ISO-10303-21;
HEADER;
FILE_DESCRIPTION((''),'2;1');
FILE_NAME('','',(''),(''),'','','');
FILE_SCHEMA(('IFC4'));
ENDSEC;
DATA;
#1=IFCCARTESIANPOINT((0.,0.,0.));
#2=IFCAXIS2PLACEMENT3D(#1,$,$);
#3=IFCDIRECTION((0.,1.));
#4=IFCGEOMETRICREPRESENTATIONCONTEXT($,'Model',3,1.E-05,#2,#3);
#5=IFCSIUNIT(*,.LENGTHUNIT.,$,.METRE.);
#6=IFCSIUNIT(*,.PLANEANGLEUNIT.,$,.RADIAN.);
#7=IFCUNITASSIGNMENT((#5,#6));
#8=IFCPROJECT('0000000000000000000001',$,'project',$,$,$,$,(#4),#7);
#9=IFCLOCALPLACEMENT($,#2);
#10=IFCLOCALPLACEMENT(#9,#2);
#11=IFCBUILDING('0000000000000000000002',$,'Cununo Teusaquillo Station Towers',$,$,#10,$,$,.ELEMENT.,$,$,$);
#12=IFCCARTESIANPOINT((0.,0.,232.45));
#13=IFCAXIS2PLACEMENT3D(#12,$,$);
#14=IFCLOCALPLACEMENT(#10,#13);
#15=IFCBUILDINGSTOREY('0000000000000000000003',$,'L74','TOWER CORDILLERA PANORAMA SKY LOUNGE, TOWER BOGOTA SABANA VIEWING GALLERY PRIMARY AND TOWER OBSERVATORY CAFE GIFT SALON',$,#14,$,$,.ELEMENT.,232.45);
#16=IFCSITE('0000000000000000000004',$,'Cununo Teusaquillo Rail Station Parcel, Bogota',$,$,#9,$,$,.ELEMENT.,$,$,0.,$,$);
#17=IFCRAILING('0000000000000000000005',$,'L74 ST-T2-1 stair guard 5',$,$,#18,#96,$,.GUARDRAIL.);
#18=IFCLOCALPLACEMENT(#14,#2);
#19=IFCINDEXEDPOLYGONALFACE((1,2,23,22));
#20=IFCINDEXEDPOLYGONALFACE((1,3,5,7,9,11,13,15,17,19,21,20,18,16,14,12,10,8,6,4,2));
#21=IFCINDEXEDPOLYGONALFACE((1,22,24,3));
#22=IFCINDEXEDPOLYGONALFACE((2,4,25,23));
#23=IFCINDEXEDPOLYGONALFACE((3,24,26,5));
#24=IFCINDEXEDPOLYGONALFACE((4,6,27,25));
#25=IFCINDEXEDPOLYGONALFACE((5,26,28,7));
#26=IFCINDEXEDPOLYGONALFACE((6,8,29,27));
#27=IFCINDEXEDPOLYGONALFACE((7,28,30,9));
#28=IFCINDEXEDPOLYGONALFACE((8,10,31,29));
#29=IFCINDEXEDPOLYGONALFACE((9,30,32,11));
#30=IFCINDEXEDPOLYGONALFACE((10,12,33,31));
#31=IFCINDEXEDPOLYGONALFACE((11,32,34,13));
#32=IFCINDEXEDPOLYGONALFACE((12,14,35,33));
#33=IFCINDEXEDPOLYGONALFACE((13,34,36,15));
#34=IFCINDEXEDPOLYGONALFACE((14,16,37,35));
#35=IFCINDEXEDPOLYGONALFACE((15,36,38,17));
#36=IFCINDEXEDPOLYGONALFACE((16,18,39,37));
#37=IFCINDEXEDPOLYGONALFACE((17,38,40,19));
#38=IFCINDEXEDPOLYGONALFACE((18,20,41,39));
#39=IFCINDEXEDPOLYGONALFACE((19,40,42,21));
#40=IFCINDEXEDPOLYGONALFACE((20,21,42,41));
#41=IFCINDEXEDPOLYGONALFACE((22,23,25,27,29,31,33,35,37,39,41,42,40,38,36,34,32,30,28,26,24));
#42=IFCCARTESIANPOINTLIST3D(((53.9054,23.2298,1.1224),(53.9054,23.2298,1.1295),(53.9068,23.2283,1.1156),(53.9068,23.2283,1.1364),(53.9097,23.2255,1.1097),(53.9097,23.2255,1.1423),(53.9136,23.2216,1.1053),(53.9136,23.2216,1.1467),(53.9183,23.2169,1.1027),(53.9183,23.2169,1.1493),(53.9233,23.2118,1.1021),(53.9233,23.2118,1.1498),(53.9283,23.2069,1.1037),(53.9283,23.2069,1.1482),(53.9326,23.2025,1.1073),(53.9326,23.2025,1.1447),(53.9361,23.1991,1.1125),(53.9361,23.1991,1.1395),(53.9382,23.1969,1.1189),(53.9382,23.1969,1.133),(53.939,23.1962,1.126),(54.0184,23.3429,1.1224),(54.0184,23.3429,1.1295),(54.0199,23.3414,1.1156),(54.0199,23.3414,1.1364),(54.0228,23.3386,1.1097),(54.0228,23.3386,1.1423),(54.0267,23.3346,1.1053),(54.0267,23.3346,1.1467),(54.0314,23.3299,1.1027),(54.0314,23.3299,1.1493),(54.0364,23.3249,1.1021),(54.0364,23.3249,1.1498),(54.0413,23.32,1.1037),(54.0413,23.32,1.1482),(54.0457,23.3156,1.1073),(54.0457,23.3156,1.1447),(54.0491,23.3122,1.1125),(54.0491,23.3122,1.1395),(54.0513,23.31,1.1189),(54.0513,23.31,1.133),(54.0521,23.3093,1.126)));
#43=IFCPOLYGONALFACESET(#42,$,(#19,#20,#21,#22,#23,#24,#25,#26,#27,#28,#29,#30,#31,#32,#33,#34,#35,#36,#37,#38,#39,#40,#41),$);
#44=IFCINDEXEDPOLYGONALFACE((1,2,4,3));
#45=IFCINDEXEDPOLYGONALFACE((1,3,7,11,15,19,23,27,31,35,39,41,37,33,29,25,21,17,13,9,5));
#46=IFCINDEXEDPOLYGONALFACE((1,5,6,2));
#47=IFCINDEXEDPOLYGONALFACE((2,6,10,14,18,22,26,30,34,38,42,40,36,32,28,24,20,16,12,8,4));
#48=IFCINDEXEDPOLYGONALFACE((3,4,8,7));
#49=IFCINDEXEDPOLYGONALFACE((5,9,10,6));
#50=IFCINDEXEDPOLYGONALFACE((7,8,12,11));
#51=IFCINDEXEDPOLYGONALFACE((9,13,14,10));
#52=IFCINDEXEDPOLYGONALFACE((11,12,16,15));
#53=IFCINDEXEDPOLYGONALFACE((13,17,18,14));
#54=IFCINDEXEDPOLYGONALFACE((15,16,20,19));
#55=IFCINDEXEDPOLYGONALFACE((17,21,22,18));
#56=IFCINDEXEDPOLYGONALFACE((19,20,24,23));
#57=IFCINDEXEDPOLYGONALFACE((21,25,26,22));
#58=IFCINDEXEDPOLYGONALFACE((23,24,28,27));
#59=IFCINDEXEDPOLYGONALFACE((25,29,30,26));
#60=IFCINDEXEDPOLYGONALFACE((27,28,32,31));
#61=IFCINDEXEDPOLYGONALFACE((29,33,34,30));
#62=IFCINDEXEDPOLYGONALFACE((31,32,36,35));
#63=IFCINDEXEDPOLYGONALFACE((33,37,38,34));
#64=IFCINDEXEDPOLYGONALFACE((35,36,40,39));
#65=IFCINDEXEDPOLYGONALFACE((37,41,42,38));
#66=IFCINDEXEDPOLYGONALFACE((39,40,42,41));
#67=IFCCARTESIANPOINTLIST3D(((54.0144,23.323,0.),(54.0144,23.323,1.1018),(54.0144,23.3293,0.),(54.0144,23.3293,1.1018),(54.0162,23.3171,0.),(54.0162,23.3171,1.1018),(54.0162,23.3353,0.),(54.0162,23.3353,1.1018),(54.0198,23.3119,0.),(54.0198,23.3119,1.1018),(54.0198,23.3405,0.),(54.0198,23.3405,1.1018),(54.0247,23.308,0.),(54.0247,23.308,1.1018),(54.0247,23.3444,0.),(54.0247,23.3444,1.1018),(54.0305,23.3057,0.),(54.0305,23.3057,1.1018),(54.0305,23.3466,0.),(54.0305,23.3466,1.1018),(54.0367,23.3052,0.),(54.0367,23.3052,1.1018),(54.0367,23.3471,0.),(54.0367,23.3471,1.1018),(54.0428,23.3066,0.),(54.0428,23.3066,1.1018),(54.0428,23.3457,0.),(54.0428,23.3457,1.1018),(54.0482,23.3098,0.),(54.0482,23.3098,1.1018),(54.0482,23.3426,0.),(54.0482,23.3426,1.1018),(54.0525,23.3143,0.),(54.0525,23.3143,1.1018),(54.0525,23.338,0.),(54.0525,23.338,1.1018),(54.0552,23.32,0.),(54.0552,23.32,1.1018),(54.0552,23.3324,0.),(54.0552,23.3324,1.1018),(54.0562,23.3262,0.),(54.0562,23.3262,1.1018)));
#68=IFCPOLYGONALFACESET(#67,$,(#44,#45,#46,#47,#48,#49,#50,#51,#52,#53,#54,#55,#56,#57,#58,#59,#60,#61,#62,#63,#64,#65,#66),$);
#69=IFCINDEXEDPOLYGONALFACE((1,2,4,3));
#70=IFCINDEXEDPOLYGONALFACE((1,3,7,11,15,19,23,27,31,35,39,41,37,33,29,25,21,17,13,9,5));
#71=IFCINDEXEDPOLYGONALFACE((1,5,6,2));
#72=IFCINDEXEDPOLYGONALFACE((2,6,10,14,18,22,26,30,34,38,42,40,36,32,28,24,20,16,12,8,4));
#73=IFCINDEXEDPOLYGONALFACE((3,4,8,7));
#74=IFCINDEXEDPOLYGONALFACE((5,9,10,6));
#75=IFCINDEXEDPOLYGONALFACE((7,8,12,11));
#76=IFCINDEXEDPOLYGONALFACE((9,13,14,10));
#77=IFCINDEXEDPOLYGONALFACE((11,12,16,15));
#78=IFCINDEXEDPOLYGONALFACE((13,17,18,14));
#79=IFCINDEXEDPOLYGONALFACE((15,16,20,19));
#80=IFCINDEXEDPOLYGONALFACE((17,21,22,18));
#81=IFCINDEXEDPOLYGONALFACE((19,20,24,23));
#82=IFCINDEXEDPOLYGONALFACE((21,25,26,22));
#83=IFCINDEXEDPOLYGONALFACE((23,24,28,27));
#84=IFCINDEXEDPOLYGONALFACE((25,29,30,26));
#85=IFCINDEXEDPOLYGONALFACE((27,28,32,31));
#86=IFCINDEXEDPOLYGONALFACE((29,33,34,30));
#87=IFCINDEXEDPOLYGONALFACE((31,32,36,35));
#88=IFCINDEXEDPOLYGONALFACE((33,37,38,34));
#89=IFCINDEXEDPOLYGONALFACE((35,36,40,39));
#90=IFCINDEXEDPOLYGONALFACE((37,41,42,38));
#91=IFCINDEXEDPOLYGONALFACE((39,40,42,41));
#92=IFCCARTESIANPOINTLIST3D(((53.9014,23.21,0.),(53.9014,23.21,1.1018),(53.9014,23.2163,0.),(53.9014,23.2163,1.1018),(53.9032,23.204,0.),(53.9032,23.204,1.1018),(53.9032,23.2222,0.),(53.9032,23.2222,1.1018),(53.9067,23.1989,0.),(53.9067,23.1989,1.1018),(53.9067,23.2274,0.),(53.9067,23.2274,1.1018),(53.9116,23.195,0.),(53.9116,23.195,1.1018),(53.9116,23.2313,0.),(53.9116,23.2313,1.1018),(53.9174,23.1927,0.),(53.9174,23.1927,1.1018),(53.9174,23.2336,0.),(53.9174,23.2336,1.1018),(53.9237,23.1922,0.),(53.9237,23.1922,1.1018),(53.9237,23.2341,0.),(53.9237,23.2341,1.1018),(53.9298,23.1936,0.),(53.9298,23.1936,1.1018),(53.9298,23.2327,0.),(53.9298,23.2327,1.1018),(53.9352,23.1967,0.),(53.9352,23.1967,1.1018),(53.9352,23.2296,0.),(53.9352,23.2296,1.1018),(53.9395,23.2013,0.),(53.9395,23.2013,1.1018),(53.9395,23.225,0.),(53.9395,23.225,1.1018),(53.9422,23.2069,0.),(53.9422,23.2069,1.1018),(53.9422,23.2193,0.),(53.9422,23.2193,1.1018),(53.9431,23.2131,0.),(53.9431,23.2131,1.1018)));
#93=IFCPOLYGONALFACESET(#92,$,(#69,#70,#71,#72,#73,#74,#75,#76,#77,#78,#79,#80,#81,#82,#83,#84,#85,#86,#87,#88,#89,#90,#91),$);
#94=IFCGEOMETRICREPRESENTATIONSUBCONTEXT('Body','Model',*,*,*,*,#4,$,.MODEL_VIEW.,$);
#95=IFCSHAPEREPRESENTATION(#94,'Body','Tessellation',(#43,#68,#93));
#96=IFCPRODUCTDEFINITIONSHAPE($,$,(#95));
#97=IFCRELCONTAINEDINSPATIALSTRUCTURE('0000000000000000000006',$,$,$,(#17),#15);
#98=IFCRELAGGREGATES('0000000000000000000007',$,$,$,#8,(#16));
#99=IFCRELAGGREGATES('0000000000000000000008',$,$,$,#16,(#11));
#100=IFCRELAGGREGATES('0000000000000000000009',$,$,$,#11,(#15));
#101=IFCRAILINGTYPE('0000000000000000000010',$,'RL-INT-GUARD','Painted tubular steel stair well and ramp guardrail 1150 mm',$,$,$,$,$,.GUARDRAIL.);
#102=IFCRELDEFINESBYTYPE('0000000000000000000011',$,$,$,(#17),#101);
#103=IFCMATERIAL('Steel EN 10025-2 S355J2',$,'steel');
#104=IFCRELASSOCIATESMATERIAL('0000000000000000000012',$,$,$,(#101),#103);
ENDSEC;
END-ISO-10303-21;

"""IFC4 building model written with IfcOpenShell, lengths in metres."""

from ifc_helpers import new_model, si_unit, direction, frame, origin, origin_2d, place, context, subcontext, project, spatial, circle, extrude, material, type_object, element, save


model = new_model("IFC4")

# Units and contexts
model_context = context("Model", 3, precision=1e-05, world=origin(), true_north=direction((0.0, 1.0)))
body_context = subcontext(model_context, "Body", "Model", "MODEL_VIEW")
ifc_project = project(units=[si_unit("LENGTHUNIT", "METRE"), si_unit("PLANEANGLEUNIT", "RADIAN")], contexts=[model_context])

# Site, building, storey
site_placement = place(None, origin())
site = spatial("IfcSite", under=ifc_project, at=site_placement, Name="Cununo Teusaquillo Rail Station Parcel, Bogota", CompositionType="ELEMENT", RefElevation=0.0)
building_placement = place(site_placement, origin())
building = spatial("IfcBuilding", under=site, at=building_placement, Name="Cununo Teusaquillo Station Towers", CompositionType="ELEMENT")
storey_placement = place(building_placement, frame((0.0, 0.0, 232.45)))
storey = spatial("IfcBuildingStorey", under=building, at=storey_placement, Name="L74", Description="TOWER CORDILLERA PANORAMA SKY LOUNGE, TOWER BOGOTA SABANA VIEWING GALLERY PRIMARY AND TOWER OBSERVATORY CAFE GIFT SALON", CompositionType="ELEMENT", Elevation=232.45)

# Railing
ifc_material_1 = material(Name="Steel EN 10025-2 S355J2", Category="steel")
railing_type_1 = type_object("IfcRailingType", Name="RL-INT-GUARD", Description="Painted tubular steel stair well and ramp guardrail 1150 mm", PredefinedType="GUARDRAIL", material=ifc_material_1)
railing_1_placement = place(storey_placement, frame((54.0352, 23.3262, 0.0)))
element("IfcRailing", 1, at=railing_1_placement, inside=storey, type_object=railing_type_1, Name="L74 ST-T2-1 stair guard 5", PredefinedType="GUARDRAIL", context=body_context, shape_type="SweptSolid", body=[
    extrude(circle(Radius=0.0239, at=origin_2d()), frame((0.0, 0.0, 1.126), z_axis=(-0.707107, -0.707107, 0.0), x_axis=(0.707107, -0.707107, 0.0)), (0.0, 0.0, 1.0), 0.1599),
    extrude(circle(Radius=0.021, at=origin_2d()), origin(), (0.0, 0.0, 1.0), 1.1018),
    extrude(circle(Radius=0.021, at=origin_2d()), frame((-0.113, -0.113, 0.0)), (0.0, 0.0, 1.0), 1.1018),
])

save(model, "model.ifc")
